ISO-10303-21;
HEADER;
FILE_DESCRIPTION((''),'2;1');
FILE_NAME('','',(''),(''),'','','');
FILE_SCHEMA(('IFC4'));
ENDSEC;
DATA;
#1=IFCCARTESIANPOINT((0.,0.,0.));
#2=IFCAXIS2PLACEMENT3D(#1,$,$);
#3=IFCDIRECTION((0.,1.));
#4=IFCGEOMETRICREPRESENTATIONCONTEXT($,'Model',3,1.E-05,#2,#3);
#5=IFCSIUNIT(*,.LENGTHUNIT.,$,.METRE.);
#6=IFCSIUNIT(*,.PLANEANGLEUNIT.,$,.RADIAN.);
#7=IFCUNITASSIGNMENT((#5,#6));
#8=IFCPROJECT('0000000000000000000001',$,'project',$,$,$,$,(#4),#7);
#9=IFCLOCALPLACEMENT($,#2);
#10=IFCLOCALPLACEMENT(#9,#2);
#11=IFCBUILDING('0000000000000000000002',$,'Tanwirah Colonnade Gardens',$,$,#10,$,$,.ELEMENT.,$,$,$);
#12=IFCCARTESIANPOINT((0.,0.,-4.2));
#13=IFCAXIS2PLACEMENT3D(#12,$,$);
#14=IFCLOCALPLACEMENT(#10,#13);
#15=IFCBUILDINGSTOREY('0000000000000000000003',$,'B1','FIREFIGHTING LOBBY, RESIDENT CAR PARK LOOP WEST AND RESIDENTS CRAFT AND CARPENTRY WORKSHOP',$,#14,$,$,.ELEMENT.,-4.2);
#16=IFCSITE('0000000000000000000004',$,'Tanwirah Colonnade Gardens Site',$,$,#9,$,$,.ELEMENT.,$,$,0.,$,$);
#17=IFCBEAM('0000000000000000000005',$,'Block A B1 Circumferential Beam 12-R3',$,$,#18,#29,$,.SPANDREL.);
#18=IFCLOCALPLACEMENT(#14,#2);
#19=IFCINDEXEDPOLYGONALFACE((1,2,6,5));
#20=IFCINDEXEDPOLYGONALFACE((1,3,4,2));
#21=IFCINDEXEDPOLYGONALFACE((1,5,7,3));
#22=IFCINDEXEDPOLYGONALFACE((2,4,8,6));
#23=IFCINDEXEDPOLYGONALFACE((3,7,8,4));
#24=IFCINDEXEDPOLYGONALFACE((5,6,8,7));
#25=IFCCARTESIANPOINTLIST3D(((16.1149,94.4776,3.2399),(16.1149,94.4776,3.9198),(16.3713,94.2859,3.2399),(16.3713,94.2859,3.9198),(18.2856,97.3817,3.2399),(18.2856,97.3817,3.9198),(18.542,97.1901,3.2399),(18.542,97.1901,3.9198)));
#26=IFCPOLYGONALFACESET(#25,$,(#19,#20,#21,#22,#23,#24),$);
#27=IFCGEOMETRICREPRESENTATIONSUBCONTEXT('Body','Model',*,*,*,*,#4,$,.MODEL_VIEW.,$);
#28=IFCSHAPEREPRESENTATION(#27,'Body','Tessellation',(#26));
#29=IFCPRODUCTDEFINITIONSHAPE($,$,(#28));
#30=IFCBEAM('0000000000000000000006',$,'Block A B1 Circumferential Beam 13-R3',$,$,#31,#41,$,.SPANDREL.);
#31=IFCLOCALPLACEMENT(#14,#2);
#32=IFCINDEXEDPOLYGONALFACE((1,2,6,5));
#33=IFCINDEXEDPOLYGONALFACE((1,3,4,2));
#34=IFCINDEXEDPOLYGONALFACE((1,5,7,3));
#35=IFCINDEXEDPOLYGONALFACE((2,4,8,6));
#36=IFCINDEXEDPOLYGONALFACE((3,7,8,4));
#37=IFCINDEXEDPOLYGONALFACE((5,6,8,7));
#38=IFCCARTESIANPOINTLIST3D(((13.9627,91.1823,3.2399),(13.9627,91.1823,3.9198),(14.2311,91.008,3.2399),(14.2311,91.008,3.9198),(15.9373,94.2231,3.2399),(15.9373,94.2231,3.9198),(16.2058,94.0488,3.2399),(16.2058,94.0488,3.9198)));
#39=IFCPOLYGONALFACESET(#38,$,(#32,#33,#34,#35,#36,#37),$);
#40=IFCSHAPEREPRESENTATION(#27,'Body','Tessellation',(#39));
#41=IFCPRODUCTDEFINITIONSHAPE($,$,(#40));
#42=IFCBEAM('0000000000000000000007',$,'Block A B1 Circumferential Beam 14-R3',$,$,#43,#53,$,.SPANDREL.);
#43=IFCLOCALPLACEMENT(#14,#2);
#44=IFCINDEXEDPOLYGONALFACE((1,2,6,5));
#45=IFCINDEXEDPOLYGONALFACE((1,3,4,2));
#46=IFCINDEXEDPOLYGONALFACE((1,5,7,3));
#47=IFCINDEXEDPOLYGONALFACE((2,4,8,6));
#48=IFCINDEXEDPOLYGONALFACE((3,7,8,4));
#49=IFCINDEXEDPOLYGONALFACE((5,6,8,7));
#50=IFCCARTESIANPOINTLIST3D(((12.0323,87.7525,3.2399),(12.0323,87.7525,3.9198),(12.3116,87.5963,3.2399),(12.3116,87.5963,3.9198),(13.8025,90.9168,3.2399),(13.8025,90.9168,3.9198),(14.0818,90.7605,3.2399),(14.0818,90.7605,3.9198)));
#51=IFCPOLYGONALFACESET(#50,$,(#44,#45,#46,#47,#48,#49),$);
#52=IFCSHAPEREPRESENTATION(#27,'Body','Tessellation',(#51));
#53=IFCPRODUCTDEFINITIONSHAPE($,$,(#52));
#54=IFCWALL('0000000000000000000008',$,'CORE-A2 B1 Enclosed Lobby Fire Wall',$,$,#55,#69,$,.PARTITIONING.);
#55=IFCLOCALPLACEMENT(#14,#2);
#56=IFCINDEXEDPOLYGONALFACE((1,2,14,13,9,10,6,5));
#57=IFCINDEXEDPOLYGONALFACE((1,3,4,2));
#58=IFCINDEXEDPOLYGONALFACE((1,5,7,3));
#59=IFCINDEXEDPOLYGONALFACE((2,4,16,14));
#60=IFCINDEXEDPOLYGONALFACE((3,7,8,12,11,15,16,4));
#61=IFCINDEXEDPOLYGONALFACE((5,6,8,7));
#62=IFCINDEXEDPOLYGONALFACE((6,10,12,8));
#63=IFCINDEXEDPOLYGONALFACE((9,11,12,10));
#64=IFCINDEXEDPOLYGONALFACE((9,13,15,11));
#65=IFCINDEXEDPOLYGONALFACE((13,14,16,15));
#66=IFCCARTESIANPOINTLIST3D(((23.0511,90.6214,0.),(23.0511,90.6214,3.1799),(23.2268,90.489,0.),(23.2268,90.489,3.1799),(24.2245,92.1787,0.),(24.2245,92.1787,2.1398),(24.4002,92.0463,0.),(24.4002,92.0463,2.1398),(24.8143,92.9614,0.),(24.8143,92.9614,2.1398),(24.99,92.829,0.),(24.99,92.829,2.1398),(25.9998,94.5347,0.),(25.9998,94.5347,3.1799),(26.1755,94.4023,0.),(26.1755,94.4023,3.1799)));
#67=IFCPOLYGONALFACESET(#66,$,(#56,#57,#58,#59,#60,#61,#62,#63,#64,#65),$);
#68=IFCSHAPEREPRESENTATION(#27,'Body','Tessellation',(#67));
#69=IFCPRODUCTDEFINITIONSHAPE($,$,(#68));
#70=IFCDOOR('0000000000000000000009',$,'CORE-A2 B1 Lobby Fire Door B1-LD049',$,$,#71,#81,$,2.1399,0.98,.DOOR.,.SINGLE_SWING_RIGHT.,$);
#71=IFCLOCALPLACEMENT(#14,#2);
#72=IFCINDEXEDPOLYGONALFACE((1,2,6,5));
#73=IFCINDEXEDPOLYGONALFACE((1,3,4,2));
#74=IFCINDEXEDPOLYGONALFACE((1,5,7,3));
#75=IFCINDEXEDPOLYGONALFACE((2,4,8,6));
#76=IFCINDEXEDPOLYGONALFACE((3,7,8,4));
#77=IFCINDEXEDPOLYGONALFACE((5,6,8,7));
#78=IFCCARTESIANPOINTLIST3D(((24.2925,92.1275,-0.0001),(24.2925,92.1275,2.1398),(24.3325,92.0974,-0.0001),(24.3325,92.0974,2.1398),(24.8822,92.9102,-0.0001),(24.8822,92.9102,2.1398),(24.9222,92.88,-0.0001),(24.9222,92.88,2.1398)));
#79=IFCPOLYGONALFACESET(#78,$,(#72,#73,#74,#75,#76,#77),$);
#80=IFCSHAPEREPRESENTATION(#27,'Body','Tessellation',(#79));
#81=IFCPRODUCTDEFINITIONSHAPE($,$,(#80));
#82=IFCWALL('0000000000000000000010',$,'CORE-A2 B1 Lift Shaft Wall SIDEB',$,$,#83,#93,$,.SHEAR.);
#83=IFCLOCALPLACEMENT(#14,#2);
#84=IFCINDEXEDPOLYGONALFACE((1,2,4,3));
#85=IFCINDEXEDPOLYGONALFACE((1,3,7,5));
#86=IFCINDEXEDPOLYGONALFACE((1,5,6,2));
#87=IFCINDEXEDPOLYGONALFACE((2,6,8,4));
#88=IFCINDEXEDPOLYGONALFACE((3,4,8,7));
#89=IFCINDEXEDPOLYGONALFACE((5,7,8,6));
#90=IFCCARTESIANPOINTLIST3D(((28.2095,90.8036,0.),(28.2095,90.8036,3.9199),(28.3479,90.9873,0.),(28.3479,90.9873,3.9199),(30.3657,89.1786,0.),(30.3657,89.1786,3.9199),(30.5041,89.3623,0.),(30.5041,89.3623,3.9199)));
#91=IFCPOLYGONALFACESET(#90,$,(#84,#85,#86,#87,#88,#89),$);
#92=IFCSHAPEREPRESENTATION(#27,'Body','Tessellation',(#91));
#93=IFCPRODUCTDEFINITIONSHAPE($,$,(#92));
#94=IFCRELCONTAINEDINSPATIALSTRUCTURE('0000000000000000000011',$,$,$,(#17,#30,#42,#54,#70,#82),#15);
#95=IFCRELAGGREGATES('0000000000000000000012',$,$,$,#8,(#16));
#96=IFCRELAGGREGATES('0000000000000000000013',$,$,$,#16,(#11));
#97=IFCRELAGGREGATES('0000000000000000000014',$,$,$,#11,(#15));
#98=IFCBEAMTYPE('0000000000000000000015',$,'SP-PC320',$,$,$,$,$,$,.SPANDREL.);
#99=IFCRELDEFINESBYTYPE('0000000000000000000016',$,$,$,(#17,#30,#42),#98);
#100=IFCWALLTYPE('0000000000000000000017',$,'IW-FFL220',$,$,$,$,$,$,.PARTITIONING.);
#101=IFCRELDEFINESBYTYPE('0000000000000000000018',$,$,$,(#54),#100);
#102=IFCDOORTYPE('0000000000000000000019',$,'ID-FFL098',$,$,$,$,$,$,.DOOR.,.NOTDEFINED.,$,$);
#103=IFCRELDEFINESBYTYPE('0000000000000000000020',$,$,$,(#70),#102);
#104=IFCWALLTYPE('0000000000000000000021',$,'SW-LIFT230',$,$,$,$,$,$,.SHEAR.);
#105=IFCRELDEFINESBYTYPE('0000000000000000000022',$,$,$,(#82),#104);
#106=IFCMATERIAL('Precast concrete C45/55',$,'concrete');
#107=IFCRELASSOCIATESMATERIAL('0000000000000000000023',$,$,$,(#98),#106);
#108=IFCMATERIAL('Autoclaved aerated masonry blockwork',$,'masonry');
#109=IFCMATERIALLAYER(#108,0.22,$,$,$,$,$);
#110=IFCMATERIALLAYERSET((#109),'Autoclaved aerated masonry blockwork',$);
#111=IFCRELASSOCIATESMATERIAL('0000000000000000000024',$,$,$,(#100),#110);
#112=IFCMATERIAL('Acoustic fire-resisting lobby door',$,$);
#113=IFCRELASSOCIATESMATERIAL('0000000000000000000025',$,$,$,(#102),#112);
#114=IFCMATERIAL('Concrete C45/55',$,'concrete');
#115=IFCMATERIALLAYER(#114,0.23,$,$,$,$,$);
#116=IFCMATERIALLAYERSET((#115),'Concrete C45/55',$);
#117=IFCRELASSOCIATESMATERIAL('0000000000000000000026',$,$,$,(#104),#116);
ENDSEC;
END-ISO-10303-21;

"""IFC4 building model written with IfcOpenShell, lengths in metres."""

from ifc_helpers import new_model, si_unit, direction, frame, frame_2d, origin, origin_2d, place, context, subcontext, project, spatial, rectangle, extrude, material, layer, layer_set, material_profile, profile_set, type_object, element, fill, save


model = new_model("IFC4")

# Units and contexts
model_context = context("Model", 3, precision=1e-05, world=origin(), true_north=direction((0.0, 1.0)))
body_context = subcontext(model_context, "Body", "Model", "MODEL_VIEW")
ifc_project = project(units=[si_unit("LENGTHUNIT", "METRE"), si_unit("PLANEANGLEUNIT", "RADIAN")], contexts=[model_context])

# Site, building, storey
site_placement = place(None, origin())
site = spatial("IfcSite", under=ifc_project, at=site_placement, Name="Tanwirah Colonnade Gardens Site", CompositionType="ELEMENT", RefElevation=0.0)
building_placement = place(site_placement, origin())
building = spatial("IfcBuilding", under=site, at=building_placement, Name="Tanwirah Colonnade Gardens", CompositionType="ELEMENT")
storey_placement = place(building_placement, frame((0.0, 0.0, -4.2)))
storey = spatial("IfcBuildingStorey", under=building, at=storey_placement, Name="B1", Description="FIREFIGHTING LOBBY, RESIDENT CAR PARK LOOP WEST AND RESIDENTS CRAFT AND CARPENTRY WORKSHOP", CompositionType="ELEMENT", Elevation=-4.2)

# Shared definitions
ifc_material_1 = material(Name="Concrete C45/55", Category="concrete")

# Beams
ifc_material_2 = material(Name="Precast concrete C45/55", Category="concrete")
ifc_material_profile_1 = material_profile(ifc_material_2, rectangle(XDim=0.3201, YDim=0.6799, at=origin_2d()), Name="PC-SP 320x680")
ifc_profile_set_1 = profile_set([ifc_material_profile_1], Name="Precast concrete C45/55")
beam_type_1 = type_object("IfcBeamType", Name="SP-PC320", PredefinedType="SPANDREL", material=ifc_profile_set_1)
for number, where, z_axis, x_axis, name in (
    (1, (18.4138, 97.2859, 3.5798), (-0.598696, -0.800977, 0.0), (0.800977, -0.598696, 0.0), "Block A B1 Circumferential Beam 12-R3"),
    (2, (16.0715, 94.136, 3.5798), (-0.544621, -0.838682, 0.0), (0.838682, -0.544621, 0.0), "Block A B1 Circumferential Beam 13-R3"),
    (3, (13.9421, 90.8386, 3.5798), (-0.488236, -0.872711, 0.0), (0.872711, -0.488236, 0.0), "Block A B1 Circumferential Beam 14-R3"),
):
    element("IfcBeam", number, at=place(storey_placement, frame(where, z_axis=z_axis, x_axis=x_axis)), inside=storey, type_object=beam_type_1, Name=name, PredefinedType="SPANDREL", context=body_context, shape_type="SweptSolid", body=[
        extrude(rectangle(XDim=0.3201, YDim=0.6799, at=origin_2d()), origin(), (0.0, 0.0, 1.0), 3.6257),
    ])

# Wall, opening, door
ifc_material_3 = material(Name="Autoclaved aerated masonry blockwork", Category="masonry")
ifc_layer_1 = layer(ifc_material_3, 0.22)
ifc_layer_set_1 = layer_set([ifc_layer_1], Name="Autoclaved aerated masonry blockwork")
wall_type_1 = type_object("IfcWallType", Name="IW-FFL220", PredefinedType="PARTITIONING", material=ifc_layer_set_1)
wall_1_placement = place(storey_placement, frame((23.1389, 90.5552, 0.0), z_axis=(0.0, 0.0, 1.0), x_axis=(0.601792, 0.798653, 0.0)))
wall_1 = element("IfcWall", 4, at=wall_1_placement, inside=storey, type_object=wall_type_1, Name="CORE-A2 B1 Enclosed Lobby Fire Wall", PredefinedType="PARTITIONING", context=body_context, shape_type="SweptSolid", body=[
    extrude(rectangle(XDim=4.8999, YDim=0.22, at=frame_2d((2.45, 0.0))), origin(), (0.0, 0.0, 1.0), 3.1799),
])
opening_1_placement = place(wall_1_placement, frame((1.95, 0.0, 0.0)))
opening_1 = element("IfcOpeningElement", 5, at=opening_1_placement, cuts=wall_1, PredefinedType="OPENING", context=body_context, shape_type="SweptSolid", body=[
    extrude(rectangle(XDim=0.98, YDim=2.1399, at=frame_2d((0.49, 1.0698))), frame((0.0, 0.1199, 0.0), z_axis=(0.0, -1.0, 0.0), x_axis=(1.0, 0.0, 0.0)), (0.0, 0.0, 1.0), 0.24),
])
ifc_material_4 = material(Name="Acoustic fire-resisting lobby door")
door_type_1 = type_object("IfcDoorType", Name="ID-FFL098", OperationType="NOTDEFINED", PredefinedType="DOOR", material=ifc_material_4)
door_1_placement = place(opening_1_placement, origin())
door_1 = element("IfcDoor", 6, at=door_1_placement, inside=storey, type_object=door_type_1, Name="CORE-A2 B1 Lobby Fire Door B1-LD049", OperationType="SINGLE_SWING_RIGHT", OverallHeight=2.1399, OverallWidth=0.98, PredefinedType="DOOR", context=body_context, shape_type="SweptSolid", body=[
    extrude(rectangle(XDim=0.98, YDim=2.1399, at=frame_2d((0.49, 1.0698))), frame((0.0, 0.0249, 0.0), z_axis=(0.0, -1.0, 0.0), x_axis=(1.0, 0.0, 0.0)), (0.0, 0.0, 1.0), 0.05),
])
fill(opening_1, door_1)

# Wall
ifc_layer_2 = layer(ifc_material_1, 0.23)
ifc_layer_set_2 = layer_set([ifc_layer_2], Name="Concrete C45/55")
wall_type_2 = type_object("IfcWallType", Name="SW-LIFT230", PredefinedType="SHEAR", material=ifc_layer_set_2)
wall_2_placement = place(storey_placement, frame((28.2786, 90.8955, 0.0), z_axis=(0.0, 0.0, 1.0), x_axis=(0.798609, -0.60185, 0.0)))
element("IfcWall", 7, at=wall_2_placement, inside=storey, type_object=wall_type_2, Name="CORE-A2 B1 Lift Shaft Wall SIDEB", PredefinedType="SHEAR", context=body_context, shape_type="SweptSolid", body=[
    extrude(rectangle(XDim=2.7, YDim=0.23, at=frame_2d((1.3501, 0.0))), origin(), (0.0, 0.0, 1.0), 3.9199),
])

save(model, "model.ifc")
